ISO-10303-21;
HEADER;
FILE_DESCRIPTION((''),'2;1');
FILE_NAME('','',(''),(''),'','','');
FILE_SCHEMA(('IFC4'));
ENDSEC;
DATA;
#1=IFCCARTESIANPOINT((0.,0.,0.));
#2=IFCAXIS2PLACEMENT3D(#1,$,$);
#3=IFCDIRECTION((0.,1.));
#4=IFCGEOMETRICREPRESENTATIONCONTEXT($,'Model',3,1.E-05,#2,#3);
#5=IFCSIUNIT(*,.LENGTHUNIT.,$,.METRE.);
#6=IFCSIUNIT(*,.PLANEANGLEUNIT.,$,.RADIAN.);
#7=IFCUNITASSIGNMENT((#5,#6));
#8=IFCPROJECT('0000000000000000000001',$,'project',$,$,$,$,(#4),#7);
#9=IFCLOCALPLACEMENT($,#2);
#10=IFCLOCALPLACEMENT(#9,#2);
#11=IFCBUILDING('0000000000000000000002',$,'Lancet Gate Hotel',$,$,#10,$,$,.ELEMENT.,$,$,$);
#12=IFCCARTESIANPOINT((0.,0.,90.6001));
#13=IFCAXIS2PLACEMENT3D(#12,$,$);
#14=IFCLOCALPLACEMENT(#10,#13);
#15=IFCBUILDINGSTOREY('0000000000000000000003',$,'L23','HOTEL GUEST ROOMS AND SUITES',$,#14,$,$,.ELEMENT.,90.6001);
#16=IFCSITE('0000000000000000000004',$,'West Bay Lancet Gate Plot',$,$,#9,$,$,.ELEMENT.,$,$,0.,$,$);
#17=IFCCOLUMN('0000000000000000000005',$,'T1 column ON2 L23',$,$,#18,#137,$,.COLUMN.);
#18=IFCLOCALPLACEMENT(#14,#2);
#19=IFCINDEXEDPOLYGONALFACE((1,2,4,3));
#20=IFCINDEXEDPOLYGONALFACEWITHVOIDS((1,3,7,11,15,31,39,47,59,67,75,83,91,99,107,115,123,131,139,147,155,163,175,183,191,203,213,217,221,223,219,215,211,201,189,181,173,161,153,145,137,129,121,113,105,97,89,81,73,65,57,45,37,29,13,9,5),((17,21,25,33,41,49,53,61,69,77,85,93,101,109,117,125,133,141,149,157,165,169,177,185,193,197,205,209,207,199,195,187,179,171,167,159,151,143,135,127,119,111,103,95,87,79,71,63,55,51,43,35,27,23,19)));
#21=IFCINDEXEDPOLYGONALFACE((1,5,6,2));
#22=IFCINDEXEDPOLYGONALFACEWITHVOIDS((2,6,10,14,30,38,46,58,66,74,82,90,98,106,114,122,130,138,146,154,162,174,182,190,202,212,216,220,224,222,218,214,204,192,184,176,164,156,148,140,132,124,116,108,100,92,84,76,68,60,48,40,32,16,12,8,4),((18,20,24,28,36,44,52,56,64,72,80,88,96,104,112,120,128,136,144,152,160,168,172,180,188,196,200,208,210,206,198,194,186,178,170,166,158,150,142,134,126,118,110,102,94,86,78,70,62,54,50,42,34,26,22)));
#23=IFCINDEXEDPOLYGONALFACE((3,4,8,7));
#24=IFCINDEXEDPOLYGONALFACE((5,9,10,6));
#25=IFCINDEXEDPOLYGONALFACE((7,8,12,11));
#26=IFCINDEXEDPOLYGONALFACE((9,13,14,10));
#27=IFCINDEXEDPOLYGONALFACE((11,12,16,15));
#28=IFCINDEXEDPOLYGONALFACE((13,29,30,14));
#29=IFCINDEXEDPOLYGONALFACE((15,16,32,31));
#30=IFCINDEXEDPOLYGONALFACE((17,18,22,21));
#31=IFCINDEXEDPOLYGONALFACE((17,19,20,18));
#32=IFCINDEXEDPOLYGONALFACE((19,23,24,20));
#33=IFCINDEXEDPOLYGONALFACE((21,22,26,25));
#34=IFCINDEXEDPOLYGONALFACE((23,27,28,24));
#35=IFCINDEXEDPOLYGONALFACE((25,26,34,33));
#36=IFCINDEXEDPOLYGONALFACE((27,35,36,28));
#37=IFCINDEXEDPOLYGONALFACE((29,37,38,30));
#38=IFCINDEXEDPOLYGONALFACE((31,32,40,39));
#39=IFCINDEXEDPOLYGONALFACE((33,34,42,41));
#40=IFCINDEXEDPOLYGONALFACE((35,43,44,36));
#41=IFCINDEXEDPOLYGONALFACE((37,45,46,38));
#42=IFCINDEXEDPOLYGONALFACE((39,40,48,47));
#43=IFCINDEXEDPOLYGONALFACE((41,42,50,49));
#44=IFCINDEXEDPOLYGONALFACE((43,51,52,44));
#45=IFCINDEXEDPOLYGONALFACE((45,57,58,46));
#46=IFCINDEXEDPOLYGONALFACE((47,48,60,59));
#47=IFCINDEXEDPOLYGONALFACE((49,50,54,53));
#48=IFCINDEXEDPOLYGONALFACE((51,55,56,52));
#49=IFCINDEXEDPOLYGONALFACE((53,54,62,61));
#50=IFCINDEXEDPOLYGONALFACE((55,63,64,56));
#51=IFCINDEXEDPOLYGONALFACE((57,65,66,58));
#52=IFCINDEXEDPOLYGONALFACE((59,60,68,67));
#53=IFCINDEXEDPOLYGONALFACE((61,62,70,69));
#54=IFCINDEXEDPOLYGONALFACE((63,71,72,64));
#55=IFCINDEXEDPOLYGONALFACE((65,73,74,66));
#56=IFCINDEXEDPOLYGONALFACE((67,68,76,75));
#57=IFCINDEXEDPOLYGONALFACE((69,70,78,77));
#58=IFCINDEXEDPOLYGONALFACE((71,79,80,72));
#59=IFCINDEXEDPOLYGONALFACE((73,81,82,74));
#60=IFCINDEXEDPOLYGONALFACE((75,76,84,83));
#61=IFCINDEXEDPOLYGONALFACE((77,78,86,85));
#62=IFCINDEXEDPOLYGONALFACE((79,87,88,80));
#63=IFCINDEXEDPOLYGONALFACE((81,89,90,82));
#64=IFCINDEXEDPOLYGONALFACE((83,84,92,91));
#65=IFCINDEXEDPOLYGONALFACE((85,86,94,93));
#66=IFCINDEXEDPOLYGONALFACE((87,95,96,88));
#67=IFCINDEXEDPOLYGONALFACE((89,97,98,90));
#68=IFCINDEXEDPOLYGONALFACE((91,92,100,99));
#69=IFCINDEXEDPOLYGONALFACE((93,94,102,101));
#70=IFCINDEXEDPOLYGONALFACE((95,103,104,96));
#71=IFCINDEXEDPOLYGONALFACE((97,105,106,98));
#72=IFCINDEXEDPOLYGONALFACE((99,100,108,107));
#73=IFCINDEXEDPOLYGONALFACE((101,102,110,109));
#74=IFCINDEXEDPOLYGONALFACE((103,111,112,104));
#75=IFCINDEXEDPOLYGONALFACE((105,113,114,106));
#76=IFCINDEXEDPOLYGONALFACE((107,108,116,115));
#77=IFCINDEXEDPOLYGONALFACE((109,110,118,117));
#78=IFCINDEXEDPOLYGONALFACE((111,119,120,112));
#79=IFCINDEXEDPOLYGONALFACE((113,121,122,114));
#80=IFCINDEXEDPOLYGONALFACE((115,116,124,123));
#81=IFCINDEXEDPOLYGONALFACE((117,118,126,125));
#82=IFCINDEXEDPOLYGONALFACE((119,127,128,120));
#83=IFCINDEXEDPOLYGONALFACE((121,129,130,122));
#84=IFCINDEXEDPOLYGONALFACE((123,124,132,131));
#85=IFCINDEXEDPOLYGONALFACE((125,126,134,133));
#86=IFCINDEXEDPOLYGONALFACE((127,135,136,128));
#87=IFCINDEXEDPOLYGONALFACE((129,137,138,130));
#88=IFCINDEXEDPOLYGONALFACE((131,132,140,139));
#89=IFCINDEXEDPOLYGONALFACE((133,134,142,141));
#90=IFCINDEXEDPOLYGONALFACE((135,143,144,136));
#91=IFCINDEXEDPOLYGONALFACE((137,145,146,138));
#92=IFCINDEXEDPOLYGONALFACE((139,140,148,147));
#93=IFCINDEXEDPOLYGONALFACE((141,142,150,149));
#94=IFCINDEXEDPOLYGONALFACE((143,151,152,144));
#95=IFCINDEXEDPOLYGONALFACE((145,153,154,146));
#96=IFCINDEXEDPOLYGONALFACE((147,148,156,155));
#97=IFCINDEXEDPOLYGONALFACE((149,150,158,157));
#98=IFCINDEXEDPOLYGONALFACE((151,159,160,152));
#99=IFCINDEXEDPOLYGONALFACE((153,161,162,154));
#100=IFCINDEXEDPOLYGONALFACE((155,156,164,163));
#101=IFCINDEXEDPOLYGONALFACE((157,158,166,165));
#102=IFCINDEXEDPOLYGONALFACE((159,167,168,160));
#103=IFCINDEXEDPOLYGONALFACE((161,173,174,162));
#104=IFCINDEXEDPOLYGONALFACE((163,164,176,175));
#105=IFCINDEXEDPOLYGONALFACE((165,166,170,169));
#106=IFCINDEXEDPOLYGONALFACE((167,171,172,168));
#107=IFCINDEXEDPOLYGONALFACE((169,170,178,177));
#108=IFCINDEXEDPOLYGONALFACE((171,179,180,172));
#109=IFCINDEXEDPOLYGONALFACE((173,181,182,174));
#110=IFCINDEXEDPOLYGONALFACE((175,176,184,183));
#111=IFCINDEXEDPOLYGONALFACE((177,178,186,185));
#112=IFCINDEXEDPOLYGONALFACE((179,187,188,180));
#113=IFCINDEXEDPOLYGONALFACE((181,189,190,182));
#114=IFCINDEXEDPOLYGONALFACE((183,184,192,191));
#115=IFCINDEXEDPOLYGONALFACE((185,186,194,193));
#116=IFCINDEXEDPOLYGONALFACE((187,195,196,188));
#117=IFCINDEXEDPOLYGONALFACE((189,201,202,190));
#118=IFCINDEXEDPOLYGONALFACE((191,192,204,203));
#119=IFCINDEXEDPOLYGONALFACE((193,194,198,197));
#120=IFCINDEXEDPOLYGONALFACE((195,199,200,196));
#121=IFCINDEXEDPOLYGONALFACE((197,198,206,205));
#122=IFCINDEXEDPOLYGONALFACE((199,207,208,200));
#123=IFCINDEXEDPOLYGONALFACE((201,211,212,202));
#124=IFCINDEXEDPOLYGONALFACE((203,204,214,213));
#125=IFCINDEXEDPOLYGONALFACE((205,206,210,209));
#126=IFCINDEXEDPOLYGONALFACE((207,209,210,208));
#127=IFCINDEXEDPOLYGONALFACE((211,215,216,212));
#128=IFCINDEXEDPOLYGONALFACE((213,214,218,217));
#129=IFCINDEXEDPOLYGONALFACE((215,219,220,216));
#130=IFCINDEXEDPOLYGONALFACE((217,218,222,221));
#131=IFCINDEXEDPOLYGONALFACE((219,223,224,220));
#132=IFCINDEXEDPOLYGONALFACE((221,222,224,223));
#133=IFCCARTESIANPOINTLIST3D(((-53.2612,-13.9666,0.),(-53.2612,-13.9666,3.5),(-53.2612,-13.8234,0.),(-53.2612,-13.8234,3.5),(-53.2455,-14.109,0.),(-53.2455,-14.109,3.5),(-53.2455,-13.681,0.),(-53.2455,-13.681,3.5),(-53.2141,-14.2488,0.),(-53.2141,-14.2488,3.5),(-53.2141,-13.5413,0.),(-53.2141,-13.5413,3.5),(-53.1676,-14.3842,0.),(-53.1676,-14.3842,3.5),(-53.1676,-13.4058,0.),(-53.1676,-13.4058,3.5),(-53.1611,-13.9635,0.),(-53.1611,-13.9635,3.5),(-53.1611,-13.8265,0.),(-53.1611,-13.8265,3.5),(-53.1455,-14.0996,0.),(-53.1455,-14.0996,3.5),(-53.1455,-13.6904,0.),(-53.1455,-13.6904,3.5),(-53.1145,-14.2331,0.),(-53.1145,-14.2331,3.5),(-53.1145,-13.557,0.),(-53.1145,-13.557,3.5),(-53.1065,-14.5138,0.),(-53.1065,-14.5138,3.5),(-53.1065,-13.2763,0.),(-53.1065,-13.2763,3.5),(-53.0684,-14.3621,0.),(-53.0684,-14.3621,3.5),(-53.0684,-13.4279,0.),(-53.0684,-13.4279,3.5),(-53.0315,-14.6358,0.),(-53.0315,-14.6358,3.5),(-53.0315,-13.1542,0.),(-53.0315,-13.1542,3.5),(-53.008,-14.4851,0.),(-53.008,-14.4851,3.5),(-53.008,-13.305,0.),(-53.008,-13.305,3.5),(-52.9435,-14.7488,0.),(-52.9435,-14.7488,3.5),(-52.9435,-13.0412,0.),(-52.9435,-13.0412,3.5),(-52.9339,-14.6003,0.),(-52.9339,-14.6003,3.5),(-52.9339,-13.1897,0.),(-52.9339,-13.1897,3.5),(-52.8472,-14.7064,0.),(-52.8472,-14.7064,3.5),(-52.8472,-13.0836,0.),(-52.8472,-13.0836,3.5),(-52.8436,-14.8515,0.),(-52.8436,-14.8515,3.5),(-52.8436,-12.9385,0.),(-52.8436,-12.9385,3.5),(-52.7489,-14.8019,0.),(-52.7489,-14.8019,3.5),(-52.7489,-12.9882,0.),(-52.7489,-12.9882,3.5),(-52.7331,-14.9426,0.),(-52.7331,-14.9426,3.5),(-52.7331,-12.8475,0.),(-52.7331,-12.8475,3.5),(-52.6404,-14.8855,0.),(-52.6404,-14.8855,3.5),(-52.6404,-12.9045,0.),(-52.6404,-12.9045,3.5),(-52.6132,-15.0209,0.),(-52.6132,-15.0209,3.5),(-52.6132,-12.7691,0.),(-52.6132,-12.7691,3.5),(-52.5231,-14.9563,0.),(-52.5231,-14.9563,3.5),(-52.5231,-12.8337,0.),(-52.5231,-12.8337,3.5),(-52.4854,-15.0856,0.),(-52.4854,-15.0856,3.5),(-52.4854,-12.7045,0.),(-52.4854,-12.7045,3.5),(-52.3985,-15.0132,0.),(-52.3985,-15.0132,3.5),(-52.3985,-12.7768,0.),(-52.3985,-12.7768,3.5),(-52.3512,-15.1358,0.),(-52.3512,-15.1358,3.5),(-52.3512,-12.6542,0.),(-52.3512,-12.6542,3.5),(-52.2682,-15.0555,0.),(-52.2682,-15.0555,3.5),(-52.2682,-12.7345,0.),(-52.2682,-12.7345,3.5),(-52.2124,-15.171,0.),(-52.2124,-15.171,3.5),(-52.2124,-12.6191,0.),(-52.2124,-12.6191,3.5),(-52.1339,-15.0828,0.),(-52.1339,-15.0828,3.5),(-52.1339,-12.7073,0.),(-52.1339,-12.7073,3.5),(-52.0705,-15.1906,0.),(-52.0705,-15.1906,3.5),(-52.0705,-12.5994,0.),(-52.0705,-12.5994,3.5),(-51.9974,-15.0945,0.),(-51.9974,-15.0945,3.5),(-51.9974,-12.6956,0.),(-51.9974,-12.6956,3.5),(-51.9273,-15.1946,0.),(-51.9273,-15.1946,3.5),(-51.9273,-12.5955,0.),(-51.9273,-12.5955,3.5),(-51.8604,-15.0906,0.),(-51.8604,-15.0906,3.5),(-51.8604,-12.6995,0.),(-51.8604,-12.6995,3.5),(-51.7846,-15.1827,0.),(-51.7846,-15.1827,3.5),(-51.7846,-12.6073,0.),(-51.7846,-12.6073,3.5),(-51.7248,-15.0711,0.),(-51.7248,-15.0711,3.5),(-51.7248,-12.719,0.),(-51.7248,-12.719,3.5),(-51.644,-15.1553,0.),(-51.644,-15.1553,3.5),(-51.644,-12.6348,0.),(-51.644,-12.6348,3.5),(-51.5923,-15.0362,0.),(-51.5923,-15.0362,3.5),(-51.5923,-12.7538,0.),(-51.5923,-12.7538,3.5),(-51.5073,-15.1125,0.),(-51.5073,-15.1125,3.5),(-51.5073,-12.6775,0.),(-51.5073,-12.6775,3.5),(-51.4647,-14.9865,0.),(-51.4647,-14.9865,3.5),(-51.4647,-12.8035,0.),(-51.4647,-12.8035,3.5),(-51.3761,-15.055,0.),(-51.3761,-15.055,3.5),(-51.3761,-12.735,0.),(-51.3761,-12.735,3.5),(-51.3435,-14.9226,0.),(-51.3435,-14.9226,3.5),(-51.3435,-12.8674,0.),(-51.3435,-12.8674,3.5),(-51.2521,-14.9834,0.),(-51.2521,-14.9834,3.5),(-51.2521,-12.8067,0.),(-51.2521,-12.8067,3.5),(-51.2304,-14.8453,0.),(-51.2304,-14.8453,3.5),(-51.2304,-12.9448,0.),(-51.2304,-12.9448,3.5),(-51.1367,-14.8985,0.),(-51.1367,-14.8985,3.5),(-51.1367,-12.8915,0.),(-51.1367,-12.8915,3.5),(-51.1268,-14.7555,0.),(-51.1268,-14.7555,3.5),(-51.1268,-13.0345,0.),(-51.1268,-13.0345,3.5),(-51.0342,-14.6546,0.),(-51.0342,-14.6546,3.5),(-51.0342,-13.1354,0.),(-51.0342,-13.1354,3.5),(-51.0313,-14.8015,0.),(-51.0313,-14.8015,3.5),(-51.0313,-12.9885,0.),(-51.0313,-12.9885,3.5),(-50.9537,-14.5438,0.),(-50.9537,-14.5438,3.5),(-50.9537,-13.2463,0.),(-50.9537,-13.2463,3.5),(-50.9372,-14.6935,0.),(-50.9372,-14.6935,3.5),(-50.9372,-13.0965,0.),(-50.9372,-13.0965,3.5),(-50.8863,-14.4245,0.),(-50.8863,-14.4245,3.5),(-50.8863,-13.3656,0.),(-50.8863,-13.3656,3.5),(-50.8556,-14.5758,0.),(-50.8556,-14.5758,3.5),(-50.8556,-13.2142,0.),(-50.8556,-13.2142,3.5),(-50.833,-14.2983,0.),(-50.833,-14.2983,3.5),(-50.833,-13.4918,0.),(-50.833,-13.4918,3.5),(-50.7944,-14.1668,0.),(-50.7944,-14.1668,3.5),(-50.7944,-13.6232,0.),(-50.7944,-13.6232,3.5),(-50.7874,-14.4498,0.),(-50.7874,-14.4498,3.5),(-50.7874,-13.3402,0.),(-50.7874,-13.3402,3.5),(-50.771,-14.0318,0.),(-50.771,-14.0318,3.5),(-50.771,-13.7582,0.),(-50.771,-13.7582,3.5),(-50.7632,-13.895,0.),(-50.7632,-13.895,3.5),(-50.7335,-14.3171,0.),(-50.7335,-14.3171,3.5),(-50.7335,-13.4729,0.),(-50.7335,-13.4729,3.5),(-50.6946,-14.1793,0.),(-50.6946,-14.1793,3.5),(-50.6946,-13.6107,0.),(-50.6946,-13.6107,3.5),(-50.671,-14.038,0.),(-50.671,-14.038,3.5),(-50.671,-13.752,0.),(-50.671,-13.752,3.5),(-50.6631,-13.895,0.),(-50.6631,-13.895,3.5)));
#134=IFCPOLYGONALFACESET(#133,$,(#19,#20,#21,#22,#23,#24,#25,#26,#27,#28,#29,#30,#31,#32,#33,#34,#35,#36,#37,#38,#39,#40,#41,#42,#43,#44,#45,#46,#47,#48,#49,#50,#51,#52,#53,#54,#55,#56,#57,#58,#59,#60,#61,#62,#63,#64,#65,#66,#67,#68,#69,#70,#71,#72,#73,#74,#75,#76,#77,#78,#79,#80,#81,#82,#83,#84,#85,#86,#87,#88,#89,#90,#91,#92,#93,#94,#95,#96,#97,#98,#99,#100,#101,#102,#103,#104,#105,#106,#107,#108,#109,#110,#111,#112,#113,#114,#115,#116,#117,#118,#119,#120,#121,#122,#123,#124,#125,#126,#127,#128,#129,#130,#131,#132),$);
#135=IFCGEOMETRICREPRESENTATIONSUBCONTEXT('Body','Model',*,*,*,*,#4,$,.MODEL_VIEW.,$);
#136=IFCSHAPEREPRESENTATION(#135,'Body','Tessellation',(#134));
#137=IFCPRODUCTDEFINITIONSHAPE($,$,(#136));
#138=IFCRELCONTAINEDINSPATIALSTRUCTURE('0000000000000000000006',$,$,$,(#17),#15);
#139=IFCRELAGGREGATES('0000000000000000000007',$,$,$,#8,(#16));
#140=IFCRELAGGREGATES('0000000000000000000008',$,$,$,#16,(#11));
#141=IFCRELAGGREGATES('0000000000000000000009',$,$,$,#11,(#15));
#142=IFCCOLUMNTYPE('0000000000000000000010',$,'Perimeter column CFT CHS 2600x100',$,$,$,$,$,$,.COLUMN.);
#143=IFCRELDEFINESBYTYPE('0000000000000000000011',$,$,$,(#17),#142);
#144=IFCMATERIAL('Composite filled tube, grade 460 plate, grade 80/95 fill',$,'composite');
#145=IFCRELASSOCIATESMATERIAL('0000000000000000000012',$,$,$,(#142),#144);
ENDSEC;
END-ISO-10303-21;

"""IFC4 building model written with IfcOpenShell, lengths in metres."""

from ifc_helpers import new_model, si_unit, direction, frame, origin, origin_2d, place, context, subcontext, project, spatial, hollow_circle, extrude, material, material_profile, profile_set, type_object, element, save


model = new_model("IFC4")

# Units and contexts
model_context = context("Model", 3, precision=1e-05, world=origin(), true_north=direction((0.0, 1.0)))
body_context = subcontext(model_context, "Body", "Model", "MODEL_VIEW")
ifc_project = project(units=[si_unit("LENGTHUNIT", "METRE"), si_unit("PLANEANGLEUNIT", "RADIAN")], contexts=[model_context])

# Site, building, storey
site_placement = place(None, origin())
site = spatial("IfcSite", under=ifc_project, at=site_placement, Name="West Bay Lancet Gate Plot", CompositionType="ELEMENT", RefElevation=0.0)
building_placement = place(site_placement, origin())
building = spatial("IfcBuilding", under=site, at=building_placement, Name="Lancet Gate Hotel", CompositionType="ELEMENT")
storey_placement = place(building_placement, frame((0.0, 0.0, 90.6001)))
storey = spatial("IfcBuildingStorey", under=building, at=storey_placement, Name="L23", Description="HOTEL GUEST ROOMS AND SUITES", CompositionType="ELEMENT", Elevation=90.6001)

# Column
ifc_material_1 = material(Name="Composite filled tube, grade 460 plate, grade 80/95 fill", Category="composite")
ifc_material_profile_1 = material_profile(ifc_material_1, hollow_circle(Radius=1.3, WallThickness=0.1001, at=origin_2d()), Name="CHS 2600x100")
ifc_profile_set_1 = profile_set([ifc_material_profile_1], Name="Composite filled tube, grade 460 plate, grade 80/95 fill")
column_type = type_object("IfcColumnType", Name="Perimeter column CFT CHS 2600x100", PredefinedType="COLUMN", material=ifc_profile_set_1)
for number, where, z_axis, x_axis, name in (
    (1, (-51.9631, -13.895, 0.0), (0.0, 0.0, 1.0), (1.0, 0.0, 0.0), "T1 column ON2 L23"),
):
    element("IfcColumn", number, at=place(storey_placement, frame(where, z_axis=z_axis, x_axis=x_axis)), inside=storey, type_object=column_type, Name=name, PredefinedType="COLUMN", context=body_context, shape_type="SweptSolid", body=[
        extrude(hollow_circle(Radius=1.3, WallThickness=0.1001, at=origin_2d()), origin(), (0.0, 0.0, 1.0), 3.5),
    ])

save(model, "model.ifc")
